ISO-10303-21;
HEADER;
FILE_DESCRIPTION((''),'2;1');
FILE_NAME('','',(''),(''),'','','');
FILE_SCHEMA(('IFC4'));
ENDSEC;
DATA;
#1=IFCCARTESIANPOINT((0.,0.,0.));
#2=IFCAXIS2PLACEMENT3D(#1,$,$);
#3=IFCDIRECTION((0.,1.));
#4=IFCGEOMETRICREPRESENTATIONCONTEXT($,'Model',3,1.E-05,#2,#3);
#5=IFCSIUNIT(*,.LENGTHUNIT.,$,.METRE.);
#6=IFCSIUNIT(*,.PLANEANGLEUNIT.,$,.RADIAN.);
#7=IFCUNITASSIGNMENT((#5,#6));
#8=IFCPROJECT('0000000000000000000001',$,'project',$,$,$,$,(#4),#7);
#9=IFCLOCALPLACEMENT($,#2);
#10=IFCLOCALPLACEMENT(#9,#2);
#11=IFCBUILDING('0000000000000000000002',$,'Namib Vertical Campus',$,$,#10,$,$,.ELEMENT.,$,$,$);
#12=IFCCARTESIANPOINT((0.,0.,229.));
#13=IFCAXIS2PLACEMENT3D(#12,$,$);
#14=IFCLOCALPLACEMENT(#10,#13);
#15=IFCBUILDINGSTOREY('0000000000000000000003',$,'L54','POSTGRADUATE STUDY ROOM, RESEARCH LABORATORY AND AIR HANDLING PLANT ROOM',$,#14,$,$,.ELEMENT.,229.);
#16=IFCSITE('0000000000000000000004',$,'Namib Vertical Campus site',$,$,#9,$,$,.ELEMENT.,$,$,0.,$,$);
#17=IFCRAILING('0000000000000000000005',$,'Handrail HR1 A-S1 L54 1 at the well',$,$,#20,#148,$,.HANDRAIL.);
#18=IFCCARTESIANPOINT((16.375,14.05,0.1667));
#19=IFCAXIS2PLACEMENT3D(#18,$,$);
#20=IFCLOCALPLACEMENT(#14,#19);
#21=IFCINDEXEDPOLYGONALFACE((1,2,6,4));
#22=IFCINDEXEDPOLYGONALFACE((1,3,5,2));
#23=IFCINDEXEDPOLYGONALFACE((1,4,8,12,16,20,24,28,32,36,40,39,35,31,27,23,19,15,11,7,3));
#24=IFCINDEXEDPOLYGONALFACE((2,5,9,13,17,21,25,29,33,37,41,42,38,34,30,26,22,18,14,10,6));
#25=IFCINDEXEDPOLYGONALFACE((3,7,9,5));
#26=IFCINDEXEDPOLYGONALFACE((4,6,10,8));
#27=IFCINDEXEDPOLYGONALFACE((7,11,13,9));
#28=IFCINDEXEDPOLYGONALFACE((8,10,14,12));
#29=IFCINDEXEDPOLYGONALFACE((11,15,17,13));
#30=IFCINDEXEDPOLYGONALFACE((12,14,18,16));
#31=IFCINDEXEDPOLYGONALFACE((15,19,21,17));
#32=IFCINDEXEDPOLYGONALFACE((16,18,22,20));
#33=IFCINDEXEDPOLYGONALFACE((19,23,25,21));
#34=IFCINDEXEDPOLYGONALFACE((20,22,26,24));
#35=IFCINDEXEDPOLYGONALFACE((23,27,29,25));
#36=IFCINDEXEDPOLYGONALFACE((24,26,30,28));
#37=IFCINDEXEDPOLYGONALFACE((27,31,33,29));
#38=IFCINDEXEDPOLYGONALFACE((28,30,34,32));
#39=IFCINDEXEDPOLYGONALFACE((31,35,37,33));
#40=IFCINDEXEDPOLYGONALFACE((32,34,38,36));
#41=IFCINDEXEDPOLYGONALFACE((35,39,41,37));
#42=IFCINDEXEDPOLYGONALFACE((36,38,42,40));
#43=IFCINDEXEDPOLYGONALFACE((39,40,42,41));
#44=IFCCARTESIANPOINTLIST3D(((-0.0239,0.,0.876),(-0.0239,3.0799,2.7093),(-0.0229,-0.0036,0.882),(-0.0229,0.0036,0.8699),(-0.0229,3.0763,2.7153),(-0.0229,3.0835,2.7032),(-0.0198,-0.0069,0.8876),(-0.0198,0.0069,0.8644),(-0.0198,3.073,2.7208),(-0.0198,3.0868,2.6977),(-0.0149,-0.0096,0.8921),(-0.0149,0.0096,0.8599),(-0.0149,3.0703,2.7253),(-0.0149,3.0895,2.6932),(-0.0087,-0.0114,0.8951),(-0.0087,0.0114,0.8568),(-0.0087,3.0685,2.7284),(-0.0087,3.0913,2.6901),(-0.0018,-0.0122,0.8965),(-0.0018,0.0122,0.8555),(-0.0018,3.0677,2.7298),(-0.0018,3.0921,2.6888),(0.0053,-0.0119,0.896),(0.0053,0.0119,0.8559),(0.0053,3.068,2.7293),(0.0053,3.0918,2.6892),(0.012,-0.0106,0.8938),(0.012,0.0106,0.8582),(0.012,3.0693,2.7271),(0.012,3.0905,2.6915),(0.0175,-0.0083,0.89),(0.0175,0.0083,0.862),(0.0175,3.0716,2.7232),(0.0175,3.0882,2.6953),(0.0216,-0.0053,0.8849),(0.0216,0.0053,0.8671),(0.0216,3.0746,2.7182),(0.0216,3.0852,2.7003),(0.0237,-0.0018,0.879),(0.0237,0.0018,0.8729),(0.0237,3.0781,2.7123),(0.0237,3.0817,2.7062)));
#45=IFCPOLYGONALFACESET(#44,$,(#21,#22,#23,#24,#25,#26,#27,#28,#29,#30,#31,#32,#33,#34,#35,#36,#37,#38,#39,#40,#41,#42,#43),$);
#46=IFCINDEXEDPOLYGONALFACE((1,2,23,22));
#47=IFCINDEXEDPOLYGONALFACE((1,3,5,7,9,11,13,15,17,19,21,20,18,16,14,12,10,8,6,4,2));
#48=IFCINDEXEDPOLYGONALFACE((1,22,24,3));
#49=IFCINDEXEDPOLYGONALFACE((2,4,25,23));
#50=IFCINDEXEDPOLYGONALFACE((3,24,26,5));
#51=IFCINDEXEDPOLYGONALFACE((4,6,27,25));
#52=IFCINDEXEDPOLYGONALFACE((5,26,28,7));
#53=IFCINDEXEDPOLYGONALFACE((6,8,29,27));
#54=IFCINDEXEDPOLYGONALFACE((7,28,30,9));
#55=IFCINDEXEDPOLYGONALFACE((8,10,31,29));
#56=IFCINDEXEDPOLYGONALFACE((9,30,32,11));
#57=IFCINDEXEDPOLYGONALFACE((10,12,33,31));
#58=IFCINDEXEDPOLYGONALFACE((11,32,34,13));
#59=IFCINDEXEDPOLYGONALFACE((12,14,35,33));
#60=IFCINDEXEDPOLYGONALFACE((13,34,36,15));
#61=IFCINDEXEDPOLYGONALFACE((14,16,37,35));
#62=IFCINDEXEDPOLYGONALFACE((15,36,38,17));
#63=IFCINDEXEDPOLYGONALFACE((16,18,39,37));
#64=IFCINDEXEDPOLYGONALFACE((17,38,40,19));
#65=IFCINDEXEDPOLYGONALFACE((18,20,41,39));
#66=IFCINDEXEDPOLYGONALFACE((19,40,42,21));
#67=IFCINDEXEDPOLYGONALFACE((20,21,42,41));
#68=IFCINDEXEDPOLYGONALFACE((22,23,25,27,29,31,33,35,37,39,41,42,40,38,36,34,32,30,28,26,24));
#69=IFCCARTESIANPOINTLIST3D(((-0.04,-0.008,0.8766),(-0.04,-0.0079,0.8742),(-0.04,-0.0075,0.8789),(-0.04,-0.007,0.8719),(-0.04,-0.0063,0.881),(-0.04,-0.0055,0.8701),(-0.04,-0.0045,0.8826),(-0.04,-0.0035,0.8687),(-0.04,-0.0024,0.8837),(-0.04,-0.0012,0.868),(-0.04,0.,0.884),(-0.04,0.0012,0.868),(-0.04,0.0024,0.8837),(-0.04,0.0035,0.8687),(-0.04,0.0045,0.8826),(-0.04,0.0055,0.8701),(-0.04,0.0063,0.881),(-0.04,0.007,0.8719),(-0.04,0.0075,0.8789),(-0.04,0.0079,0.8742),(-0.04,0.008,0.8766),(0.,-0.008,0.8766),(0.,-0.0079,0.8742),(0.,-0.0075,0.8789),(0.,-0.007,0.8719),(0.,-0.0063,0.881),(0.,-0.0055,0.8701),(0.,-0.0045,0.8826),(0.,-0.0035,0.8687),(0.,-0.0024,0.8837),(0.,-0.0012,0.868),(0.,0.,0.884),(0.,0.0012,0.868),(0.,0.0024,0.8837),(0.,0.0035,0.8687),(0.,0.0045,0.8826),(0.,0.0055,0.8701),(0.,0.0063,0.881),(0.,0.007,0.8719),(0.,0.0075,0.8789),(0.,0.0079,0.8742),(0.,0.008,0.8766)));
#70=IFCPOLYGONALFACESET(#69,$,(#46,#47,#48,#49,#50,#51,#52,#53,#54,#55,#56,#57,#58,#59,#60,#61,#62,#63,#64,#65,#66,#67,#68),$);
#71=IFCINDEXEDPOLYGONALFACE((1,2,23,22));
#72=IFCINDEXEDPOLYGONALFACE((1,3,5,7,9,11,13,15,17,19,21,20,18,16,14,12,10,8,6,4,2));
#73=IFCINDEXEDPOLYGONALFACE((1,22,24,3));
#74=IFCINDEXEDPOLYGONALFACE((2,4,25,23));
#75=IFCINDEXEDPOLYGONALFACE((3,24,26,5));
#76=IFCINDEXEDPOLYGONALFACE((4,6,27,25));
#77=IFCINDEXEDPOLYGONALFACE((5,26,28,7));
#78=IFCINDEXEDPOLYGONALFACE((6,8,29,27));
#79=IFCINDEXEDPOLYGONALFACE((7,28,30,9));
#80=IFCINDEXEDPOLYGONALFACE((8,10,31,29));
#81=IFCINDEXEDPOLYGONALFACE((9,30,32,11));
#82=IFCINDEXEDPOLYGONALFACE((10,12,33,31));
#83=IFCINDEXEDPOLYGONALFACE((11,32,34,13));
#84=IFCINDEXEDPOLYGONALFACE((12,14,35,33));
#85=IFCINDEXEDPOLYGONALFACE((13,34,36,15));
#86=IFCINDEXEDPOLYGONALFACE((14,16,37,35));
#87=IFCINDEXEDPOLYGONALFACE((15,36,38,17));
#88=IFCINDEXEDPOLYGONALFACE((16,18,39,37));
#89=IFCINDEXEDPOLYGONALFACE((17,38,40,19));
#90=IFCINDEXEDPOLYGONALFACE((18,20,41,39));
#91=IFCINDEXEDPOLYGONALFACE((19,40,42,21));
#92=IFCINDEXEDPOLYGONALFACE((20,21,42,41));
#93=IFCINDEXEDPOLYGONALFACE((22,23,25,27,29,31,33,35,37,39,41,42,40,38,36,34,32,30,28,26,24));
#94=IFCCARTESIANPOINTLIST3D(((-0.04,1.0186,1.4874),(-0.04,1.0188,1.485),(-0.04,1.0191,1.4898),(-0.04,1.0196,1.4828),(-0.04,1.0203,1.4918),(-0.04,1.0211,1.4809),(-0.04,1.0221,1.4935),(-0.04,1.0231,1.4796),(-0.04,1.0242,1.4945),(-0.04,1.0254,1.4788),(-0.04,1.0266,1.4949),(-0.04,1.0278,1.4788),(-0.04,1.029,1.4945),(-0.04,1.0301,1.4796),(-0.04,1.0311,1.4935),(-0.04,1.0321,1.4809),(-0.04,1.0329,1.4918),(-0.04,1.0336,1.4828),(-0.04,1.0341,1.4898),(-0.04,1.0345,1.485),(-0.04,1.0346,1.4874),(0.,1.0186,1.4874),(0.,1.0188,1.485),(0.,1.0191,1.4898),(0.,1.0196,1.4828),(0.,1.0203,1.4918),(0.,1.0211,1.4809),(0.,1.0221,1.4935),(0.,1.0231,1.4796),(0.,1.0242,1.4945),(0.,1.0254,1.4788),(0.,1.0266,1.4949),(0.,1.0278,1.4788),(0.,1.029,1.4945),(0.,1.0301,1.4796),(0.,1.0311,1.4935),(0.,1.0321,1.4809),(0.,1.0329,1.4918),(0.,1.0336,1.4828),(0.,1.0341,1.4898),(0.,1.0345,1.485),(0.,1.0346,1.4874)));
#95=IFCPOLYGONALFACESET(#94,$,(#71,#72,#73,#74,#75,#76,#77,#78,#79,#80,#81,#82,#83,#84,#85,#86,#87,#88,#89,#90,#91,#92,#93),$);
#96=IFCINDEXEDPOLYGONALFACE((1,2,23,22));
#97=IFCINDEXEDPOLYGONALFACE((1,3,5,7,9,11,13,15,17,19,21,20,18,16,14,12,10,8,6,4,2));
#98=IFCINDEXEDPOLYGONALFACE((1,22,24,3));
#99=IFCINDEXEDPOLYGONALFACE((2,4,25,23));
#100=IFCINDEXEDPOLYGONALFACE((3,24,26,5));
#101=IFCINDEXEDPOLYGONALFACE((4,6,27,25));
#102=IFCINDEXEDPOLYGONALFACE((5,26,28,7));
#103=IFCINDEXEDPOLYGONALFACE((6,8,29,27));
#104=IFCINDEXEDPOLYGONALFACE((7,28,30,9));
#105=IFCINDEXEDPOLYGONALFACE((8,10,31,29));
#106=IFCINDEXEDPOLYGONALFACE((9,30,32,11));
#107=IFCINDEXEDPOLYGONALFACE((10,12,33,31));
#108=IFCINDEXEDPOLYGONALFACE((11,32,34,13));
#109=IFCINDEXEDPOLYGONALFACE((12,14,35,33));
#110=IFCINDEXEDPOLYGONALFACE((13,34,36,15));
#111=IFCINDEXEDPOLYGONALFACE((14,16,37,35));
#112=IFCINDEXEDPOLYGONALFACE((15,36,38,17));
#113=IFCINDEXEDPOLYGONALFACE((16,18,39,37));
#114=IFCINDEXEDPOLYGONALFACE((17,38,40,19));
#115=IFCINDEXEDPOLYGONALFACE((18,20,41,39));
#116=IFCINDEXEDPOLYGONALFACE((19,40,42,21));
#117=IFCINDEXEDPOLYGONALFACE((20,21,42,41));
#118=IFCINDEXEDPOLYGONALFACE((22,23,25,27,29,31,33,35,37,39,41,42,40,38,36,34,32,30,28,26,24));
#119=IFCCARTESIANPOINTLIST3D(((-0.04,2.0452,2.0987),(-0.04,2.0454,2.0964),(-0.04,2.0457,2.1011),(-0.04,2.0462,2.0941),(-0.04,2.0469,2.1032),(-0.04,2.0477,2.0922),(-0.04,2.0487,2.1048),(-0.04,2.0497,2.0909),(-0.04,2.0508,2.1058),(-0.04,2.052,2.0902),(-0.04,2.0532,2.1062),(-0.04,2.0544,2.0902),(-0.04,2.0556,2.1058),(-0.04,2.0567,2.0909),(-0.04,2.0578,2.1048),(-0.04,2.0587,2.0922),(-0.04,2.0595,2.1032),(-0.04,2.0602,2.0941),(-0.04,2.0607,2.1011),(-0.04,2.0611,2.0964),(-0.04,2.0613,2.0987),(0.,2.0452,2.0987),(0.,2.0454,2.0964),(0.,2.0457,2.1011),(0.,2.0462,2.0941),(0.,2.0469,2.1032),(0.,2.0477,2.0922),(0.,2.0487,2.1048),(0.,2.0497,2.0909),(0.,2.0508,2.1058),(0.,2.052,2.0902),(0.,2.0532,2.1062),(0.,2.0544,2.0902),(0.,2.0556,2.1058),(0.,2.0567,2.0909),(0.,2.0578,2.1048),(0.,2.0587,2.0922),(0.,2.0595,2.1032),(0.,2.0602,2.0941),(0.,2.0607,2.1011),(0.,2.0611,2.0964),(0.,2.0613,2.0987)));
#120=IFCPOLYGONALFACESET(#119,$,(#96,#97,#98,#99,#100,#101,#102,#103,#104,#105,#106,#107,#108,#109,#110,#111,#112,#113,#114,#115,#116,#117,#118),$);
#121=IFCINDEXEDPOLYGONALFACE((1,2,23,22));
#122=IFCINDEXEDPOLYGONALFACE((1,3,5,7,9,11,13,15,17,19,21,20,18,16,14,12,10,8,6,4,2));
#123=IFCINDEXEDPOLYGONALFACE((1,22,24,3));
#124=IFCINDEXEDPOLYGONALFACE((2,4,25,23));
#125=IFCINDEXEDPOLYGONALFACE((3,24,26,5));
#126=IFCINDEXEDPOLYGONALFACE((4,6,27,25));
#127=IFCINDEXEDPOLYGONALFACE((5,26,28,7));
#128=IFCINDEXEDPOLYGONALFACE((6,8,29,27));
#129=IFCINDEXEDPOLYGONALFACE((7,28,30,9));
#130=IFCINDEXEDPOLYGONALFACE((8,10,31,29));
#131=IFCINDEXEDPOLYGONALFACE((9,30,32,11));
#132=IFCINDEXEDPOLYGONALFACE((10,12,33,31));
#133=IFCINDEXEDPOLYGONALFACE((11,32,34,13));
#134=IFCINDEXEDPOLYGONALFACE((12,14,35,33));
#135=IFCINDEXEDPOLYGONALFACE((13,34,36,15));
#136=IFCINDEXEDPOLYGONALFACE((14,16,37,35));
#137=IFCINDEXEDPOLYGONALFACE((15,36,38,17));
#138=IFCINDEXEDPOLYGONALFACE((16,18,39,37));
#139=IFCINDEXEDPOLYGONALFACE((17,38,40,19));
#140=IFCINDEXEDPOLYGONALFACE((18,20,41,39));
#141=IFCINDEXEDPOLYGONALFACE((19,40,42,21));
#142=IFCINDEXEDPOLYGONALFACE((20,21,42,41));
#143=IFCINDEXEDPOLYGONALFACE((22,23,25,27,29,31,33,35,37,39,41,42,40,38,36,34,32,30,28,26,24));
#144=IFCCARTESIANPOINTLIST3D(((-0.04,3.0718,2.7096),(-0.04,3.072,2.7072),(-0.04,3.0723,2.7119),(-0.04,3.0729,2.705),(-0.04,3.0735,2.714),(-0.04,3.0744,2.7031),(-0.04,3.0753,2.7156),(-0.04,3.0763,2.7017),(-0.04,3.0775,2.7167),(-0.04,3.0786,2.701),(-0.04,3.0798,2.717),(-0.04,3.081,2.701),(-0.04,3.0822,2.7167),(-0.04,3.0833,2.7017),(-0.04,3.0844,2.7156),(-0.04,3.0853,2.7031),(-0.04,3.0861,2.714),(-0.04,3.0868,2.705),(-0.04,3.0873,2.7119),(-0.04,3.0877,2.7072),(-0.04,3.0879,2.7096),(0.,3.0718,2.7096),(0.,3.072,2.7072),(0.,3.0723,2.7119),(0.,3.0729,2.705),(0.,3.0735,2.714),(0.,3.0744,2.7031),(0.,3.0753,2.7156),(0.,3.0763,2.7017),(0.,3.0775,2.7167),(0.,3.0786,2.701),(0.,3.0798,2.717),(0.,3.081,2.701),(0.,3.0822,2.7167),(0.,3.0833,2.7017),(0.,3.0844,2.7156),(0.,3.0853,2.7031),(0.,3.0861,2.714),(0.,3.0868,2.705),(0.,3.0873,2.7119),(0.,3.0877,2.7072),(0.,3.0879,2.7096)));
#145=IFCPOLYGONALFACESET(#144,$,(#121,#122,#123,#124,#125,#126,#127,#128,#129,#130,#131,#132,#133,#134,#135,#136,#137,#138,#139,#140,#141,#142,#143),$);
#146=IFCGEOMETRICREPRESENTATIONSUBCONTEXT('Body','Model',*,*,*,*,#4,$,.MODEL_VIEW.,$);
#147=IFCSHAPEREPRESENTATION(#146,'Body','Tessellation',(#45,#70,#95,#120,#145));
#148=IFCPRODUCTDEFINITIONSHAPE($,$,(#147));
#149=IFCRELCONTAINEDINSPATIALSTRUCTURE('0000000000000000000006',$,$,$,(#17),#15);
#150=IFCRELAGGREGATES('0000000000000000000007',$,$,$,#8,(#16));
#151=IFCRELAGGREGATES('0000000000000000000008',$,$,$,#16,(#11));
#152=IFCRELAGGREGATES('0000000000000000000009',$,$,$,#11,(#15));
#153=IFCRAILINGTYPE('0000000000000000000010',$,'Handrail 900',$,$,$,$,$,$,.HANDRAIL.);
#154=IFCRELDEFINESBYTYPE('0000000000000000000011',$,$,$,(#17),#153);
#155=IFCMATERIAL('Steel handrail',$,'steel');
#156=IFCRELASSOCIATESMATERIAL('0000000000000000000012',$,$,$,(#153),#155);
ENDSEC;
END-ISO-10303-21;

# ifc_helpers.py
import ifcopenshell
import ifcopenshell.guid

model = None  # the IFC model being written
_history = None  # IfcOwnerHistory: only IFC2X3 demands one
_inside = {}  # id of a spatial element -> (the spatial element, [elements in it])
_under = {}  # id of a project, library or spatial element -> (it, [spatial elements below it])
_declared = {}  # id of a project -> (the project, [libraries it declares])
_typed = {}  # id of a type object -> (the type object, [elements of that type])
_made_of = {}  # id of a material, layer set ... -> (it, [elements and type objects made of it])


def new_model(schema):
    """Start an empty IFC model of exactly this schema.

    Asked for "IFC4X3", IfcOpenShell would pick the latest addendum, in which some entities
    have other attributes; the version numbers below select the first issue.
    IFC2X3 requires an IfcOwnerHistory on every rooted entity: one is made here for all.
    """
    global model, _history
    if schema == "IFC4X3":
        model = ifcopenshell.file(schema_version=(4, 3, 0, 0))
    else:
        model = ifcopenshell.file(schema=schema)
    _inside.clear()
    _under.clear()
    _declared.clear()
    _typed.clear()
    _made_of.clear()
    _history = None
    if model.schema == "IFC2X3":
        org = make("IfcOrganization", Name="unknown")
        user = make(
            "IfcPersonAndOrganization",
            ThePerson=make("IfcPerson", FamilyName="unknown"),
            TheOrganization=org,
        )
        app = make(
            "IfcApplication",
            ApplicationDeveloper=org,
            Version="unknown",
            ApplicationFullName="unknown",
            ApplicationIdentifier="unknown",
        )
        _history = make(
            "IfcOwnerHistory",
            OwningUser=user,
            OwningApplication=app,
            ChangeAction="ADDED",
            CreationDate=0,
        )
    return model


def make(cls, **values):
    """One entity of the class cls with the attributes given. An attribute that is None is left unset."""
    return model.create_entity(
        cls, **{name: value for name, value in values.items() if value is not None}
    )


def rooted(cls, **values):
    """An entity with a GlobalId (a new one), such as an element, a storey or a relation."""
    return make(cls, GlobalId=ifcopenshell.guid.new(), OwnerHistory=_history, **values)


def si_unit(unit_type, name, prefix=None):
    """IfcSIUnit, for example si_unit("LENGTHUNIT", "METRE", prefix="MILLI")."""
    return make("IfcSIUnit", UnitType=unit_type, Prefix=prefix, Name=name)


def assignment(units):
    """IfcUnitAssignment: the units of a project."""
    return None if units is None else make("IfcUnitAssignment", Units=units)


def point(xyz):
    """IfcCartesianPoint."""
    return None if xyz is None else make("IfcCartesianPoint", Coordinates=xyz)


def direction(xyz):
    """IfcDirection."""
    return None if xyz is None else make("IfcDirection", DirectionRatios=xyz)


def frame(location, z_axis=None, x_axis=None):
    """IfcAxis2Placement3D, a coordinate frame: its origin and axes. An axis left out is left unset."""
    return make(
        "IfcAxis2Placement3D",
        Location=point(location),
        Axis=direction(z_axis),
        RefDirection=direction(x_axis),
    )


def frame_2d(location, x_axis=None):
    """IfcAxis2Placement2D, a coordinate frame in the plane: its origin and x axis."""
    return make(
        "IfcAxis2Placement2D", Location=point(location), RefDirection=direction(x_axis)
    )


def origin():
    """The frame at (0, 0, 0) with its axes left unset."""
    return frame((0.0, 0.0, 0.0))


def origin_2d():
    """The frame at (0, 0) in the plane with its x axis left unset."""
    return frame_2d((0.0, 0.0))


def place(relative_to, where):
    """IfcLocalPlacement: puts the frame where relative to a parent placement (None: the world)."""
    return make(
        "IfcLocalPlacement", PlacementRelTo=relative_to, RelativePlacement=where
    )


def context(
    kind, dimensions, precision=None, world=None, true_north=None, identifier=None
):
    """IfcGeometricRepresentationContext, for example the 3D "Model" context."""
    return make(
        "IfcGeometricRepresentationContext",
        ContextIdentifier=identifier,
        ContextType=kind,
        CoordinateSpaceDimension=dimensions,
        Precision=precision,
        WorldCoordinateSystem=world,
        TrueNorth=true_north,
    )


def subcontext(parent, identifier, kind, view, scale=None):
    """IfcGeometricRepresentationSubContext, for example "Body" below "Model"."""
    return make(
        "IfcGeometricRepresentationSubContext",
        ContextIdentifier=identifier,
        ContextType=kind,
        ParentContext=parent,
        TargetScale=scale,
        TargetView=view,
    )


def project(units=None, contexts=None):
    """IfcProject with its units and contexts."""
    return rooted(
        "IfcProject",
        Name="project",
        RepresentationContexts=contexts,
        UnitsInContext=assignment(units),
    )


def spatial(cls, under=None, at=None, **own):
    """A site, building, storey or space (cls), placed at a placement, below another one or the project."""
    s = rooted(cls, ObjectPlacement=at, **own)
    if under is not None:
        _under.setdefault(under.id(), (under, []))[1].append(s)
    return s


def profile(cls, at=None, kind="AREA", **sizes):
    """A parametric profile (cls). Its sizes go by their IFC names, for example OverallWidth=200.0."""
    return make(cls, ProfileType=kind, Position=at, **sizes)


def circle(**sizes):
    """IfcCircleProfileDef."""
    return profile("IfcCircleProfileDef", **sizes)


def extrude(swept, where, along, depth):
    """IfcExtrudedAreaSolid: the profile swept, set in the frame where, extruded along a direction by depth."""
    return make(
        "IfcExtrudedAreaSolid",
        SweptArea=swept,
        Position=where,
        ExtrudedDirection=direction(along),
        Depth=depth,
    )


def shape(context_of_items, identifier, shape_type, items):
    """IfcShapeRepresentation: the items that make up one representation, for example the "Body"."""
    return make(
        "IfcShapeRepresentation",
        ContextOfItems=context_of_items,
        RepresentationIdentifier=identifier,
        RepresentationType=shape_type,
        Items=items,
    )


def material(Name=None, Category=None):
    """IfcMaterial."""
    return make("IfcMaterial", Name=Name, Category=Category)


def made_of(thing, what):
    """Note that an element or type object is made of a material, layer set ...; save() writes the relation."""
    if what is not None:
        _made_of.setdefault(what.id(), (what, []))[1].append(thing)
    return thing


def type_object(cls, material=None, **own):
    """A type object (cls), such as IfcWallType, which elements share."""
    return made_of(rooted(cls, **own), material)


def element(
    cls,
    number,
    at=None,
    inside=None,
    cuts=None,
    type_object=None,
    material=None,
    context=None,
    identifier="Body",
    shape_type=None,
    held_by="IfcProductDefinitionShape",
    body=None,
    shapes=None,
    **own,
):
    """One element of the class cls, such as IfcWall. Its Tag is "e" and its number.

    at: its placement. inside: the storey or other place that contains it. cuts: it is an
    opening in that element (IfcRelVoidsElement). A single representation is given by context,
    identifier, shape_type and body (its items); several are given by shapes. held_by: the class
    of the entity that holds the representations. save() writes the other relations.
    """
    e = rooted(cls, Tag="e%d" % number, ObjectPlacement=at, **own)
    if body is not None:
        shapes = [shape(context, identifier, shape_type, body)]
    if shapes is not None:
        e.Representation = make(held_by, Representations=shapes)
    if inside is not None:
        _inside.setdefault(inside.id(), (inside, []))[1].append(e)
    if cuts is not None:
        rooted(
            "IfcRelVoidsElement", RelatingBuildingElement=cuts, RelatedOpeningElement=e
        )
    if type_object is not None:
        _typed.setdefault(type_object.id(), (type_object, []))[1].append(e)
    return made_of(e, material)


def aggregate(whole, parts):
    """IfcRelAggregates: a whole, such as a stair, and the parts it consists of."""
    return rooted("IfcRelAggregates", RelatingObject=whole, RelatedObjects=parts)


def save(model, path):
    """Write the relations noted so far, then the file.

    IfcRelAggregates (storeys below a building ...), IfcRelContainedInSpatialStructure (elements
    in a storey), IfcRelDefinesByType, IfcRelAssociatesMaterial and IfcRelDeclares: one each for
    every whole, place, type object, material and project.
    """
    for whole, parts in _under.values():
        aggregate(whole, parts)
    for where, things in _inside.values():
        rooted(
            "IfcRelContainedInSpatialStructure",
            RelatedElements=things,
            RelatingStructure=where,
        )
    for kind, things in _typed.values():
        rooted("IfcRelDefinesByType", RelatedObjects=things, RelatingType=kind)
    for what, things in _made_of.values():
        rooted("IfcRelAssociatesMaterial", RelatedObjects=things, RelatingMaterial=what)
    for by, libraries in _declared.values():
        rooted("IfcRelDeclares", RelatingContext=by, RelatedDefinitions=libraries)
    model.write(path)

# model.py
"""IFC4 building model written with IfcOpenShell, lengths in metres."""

from ifc_helpers import new_model, si_unit, direction, frame, origin, origin_2d, place, context, subcontext, project, spatial, circle, extrude, material, type_object, element, save


model = new_model("IFC4")

# Units and contexts
model_context = context("Model", 3, precision=1e-05, world=origin(), true_north=direction((0.0, 1.0)))
body_context = subcontext(model_context, "Body", "Model", "MODEL_VIEW")
ifc_project = project(units=[si_unit("LENGTHUNIT", "METRE"), si_unit("PLANEANGLEUNIT", "RADIAN")], contexts=[model_context])

# Site, building, storey
site_placement = place(None, origin())
site = spatial("IfcSite", under=ifc_project, at=site_placement, Name="Namib Vertical Campus site", CompositionType="ELEMENT", RefElevation=0.0)
building_placement = place(site_placement, origin())
building = spatial("IfcBuilding", under=site, at=building_placement, Name="Namib Vertical Campus", CompositionType="ELEMENT")
storey_placement = place(building_placement, frame((0.0, 0.0, 229.0)))
storey = spatial("IfcBuildingStorey", under=building, at=storey_placement, Name="L54", Description="POSTGRADUATE STUDY ROOM, RESEARCH LABORATORY AND AIR HANDLING PLANT ROOM", CompositionType="ELEMENT", Elevation=229.0)

# Railing
ifc_material_1 = material(Name="Steel handrail", Category="steel")
railing_type_1 = type_object("IfcRailingType", Name="Handrail 900", PredefinedType="HANDRAIL", material=ifc_material_1)
railing_1_placement = place(storey_placement, frame((16.375, 14.05, 0.1667)))
element("IfcRailing", 1, at=railing_1_placement, inside=storey, type_object=railing_type_1, Name="Handrail HR1 A-S1 L54 1 at the well", PredefinedType="HANDRAIL", context=body_context, shape_type="SweptSolid", body=[
    extrude(circle(Radius=0.0239, at=origin_2d()), frame((0.0, 0.0, 0.876), z_axis=(0.0, 0.859291, 0.511487), x_axis=(-1.0, 0.0, 0.0)), (0.0, 0.0, 1.0), 3.5842),
    extrude(circle(Radius=0.0081, at=origin_2d()), frame((0.0, 0.0, 0.876), z_axis=(-1.0, 0.0, 0.0), x_axis=(0.0, 0.0, 1.0)), (0.0, 0.0, 1.0), 0.04),
    extrude(circle(Radius=0.0081, at=origin_2d()), frame((0.0, 1.0266, 1.4868), z_axis=(-1.0, 0.0, 0.0), x_axis=(0.0, 0.0, 1.0)), (0.0, 0.0, 1.0), 0.04),
    extrude(circle(Radius=0.0081, at=origin_2d()), frame((0.0, 2.0532, 2.0981), z_axis=(-1.0, 0.0, 0.0), x_axis=(0.0, 0.0, 1.0)), (0.0, 0.0, 1.0), 0.04),
    extrude(circle(Radius=0.0081, at=origin_2d()), frame((0.0, 3.0798, 2.709), z_axis=(-1.0, 0.0, 0.0), x_axis=(0.0, 0.0, 1.0)), (0.0, 0.0, 1.0), 0.04),
])

save(model, "model.ifc")
